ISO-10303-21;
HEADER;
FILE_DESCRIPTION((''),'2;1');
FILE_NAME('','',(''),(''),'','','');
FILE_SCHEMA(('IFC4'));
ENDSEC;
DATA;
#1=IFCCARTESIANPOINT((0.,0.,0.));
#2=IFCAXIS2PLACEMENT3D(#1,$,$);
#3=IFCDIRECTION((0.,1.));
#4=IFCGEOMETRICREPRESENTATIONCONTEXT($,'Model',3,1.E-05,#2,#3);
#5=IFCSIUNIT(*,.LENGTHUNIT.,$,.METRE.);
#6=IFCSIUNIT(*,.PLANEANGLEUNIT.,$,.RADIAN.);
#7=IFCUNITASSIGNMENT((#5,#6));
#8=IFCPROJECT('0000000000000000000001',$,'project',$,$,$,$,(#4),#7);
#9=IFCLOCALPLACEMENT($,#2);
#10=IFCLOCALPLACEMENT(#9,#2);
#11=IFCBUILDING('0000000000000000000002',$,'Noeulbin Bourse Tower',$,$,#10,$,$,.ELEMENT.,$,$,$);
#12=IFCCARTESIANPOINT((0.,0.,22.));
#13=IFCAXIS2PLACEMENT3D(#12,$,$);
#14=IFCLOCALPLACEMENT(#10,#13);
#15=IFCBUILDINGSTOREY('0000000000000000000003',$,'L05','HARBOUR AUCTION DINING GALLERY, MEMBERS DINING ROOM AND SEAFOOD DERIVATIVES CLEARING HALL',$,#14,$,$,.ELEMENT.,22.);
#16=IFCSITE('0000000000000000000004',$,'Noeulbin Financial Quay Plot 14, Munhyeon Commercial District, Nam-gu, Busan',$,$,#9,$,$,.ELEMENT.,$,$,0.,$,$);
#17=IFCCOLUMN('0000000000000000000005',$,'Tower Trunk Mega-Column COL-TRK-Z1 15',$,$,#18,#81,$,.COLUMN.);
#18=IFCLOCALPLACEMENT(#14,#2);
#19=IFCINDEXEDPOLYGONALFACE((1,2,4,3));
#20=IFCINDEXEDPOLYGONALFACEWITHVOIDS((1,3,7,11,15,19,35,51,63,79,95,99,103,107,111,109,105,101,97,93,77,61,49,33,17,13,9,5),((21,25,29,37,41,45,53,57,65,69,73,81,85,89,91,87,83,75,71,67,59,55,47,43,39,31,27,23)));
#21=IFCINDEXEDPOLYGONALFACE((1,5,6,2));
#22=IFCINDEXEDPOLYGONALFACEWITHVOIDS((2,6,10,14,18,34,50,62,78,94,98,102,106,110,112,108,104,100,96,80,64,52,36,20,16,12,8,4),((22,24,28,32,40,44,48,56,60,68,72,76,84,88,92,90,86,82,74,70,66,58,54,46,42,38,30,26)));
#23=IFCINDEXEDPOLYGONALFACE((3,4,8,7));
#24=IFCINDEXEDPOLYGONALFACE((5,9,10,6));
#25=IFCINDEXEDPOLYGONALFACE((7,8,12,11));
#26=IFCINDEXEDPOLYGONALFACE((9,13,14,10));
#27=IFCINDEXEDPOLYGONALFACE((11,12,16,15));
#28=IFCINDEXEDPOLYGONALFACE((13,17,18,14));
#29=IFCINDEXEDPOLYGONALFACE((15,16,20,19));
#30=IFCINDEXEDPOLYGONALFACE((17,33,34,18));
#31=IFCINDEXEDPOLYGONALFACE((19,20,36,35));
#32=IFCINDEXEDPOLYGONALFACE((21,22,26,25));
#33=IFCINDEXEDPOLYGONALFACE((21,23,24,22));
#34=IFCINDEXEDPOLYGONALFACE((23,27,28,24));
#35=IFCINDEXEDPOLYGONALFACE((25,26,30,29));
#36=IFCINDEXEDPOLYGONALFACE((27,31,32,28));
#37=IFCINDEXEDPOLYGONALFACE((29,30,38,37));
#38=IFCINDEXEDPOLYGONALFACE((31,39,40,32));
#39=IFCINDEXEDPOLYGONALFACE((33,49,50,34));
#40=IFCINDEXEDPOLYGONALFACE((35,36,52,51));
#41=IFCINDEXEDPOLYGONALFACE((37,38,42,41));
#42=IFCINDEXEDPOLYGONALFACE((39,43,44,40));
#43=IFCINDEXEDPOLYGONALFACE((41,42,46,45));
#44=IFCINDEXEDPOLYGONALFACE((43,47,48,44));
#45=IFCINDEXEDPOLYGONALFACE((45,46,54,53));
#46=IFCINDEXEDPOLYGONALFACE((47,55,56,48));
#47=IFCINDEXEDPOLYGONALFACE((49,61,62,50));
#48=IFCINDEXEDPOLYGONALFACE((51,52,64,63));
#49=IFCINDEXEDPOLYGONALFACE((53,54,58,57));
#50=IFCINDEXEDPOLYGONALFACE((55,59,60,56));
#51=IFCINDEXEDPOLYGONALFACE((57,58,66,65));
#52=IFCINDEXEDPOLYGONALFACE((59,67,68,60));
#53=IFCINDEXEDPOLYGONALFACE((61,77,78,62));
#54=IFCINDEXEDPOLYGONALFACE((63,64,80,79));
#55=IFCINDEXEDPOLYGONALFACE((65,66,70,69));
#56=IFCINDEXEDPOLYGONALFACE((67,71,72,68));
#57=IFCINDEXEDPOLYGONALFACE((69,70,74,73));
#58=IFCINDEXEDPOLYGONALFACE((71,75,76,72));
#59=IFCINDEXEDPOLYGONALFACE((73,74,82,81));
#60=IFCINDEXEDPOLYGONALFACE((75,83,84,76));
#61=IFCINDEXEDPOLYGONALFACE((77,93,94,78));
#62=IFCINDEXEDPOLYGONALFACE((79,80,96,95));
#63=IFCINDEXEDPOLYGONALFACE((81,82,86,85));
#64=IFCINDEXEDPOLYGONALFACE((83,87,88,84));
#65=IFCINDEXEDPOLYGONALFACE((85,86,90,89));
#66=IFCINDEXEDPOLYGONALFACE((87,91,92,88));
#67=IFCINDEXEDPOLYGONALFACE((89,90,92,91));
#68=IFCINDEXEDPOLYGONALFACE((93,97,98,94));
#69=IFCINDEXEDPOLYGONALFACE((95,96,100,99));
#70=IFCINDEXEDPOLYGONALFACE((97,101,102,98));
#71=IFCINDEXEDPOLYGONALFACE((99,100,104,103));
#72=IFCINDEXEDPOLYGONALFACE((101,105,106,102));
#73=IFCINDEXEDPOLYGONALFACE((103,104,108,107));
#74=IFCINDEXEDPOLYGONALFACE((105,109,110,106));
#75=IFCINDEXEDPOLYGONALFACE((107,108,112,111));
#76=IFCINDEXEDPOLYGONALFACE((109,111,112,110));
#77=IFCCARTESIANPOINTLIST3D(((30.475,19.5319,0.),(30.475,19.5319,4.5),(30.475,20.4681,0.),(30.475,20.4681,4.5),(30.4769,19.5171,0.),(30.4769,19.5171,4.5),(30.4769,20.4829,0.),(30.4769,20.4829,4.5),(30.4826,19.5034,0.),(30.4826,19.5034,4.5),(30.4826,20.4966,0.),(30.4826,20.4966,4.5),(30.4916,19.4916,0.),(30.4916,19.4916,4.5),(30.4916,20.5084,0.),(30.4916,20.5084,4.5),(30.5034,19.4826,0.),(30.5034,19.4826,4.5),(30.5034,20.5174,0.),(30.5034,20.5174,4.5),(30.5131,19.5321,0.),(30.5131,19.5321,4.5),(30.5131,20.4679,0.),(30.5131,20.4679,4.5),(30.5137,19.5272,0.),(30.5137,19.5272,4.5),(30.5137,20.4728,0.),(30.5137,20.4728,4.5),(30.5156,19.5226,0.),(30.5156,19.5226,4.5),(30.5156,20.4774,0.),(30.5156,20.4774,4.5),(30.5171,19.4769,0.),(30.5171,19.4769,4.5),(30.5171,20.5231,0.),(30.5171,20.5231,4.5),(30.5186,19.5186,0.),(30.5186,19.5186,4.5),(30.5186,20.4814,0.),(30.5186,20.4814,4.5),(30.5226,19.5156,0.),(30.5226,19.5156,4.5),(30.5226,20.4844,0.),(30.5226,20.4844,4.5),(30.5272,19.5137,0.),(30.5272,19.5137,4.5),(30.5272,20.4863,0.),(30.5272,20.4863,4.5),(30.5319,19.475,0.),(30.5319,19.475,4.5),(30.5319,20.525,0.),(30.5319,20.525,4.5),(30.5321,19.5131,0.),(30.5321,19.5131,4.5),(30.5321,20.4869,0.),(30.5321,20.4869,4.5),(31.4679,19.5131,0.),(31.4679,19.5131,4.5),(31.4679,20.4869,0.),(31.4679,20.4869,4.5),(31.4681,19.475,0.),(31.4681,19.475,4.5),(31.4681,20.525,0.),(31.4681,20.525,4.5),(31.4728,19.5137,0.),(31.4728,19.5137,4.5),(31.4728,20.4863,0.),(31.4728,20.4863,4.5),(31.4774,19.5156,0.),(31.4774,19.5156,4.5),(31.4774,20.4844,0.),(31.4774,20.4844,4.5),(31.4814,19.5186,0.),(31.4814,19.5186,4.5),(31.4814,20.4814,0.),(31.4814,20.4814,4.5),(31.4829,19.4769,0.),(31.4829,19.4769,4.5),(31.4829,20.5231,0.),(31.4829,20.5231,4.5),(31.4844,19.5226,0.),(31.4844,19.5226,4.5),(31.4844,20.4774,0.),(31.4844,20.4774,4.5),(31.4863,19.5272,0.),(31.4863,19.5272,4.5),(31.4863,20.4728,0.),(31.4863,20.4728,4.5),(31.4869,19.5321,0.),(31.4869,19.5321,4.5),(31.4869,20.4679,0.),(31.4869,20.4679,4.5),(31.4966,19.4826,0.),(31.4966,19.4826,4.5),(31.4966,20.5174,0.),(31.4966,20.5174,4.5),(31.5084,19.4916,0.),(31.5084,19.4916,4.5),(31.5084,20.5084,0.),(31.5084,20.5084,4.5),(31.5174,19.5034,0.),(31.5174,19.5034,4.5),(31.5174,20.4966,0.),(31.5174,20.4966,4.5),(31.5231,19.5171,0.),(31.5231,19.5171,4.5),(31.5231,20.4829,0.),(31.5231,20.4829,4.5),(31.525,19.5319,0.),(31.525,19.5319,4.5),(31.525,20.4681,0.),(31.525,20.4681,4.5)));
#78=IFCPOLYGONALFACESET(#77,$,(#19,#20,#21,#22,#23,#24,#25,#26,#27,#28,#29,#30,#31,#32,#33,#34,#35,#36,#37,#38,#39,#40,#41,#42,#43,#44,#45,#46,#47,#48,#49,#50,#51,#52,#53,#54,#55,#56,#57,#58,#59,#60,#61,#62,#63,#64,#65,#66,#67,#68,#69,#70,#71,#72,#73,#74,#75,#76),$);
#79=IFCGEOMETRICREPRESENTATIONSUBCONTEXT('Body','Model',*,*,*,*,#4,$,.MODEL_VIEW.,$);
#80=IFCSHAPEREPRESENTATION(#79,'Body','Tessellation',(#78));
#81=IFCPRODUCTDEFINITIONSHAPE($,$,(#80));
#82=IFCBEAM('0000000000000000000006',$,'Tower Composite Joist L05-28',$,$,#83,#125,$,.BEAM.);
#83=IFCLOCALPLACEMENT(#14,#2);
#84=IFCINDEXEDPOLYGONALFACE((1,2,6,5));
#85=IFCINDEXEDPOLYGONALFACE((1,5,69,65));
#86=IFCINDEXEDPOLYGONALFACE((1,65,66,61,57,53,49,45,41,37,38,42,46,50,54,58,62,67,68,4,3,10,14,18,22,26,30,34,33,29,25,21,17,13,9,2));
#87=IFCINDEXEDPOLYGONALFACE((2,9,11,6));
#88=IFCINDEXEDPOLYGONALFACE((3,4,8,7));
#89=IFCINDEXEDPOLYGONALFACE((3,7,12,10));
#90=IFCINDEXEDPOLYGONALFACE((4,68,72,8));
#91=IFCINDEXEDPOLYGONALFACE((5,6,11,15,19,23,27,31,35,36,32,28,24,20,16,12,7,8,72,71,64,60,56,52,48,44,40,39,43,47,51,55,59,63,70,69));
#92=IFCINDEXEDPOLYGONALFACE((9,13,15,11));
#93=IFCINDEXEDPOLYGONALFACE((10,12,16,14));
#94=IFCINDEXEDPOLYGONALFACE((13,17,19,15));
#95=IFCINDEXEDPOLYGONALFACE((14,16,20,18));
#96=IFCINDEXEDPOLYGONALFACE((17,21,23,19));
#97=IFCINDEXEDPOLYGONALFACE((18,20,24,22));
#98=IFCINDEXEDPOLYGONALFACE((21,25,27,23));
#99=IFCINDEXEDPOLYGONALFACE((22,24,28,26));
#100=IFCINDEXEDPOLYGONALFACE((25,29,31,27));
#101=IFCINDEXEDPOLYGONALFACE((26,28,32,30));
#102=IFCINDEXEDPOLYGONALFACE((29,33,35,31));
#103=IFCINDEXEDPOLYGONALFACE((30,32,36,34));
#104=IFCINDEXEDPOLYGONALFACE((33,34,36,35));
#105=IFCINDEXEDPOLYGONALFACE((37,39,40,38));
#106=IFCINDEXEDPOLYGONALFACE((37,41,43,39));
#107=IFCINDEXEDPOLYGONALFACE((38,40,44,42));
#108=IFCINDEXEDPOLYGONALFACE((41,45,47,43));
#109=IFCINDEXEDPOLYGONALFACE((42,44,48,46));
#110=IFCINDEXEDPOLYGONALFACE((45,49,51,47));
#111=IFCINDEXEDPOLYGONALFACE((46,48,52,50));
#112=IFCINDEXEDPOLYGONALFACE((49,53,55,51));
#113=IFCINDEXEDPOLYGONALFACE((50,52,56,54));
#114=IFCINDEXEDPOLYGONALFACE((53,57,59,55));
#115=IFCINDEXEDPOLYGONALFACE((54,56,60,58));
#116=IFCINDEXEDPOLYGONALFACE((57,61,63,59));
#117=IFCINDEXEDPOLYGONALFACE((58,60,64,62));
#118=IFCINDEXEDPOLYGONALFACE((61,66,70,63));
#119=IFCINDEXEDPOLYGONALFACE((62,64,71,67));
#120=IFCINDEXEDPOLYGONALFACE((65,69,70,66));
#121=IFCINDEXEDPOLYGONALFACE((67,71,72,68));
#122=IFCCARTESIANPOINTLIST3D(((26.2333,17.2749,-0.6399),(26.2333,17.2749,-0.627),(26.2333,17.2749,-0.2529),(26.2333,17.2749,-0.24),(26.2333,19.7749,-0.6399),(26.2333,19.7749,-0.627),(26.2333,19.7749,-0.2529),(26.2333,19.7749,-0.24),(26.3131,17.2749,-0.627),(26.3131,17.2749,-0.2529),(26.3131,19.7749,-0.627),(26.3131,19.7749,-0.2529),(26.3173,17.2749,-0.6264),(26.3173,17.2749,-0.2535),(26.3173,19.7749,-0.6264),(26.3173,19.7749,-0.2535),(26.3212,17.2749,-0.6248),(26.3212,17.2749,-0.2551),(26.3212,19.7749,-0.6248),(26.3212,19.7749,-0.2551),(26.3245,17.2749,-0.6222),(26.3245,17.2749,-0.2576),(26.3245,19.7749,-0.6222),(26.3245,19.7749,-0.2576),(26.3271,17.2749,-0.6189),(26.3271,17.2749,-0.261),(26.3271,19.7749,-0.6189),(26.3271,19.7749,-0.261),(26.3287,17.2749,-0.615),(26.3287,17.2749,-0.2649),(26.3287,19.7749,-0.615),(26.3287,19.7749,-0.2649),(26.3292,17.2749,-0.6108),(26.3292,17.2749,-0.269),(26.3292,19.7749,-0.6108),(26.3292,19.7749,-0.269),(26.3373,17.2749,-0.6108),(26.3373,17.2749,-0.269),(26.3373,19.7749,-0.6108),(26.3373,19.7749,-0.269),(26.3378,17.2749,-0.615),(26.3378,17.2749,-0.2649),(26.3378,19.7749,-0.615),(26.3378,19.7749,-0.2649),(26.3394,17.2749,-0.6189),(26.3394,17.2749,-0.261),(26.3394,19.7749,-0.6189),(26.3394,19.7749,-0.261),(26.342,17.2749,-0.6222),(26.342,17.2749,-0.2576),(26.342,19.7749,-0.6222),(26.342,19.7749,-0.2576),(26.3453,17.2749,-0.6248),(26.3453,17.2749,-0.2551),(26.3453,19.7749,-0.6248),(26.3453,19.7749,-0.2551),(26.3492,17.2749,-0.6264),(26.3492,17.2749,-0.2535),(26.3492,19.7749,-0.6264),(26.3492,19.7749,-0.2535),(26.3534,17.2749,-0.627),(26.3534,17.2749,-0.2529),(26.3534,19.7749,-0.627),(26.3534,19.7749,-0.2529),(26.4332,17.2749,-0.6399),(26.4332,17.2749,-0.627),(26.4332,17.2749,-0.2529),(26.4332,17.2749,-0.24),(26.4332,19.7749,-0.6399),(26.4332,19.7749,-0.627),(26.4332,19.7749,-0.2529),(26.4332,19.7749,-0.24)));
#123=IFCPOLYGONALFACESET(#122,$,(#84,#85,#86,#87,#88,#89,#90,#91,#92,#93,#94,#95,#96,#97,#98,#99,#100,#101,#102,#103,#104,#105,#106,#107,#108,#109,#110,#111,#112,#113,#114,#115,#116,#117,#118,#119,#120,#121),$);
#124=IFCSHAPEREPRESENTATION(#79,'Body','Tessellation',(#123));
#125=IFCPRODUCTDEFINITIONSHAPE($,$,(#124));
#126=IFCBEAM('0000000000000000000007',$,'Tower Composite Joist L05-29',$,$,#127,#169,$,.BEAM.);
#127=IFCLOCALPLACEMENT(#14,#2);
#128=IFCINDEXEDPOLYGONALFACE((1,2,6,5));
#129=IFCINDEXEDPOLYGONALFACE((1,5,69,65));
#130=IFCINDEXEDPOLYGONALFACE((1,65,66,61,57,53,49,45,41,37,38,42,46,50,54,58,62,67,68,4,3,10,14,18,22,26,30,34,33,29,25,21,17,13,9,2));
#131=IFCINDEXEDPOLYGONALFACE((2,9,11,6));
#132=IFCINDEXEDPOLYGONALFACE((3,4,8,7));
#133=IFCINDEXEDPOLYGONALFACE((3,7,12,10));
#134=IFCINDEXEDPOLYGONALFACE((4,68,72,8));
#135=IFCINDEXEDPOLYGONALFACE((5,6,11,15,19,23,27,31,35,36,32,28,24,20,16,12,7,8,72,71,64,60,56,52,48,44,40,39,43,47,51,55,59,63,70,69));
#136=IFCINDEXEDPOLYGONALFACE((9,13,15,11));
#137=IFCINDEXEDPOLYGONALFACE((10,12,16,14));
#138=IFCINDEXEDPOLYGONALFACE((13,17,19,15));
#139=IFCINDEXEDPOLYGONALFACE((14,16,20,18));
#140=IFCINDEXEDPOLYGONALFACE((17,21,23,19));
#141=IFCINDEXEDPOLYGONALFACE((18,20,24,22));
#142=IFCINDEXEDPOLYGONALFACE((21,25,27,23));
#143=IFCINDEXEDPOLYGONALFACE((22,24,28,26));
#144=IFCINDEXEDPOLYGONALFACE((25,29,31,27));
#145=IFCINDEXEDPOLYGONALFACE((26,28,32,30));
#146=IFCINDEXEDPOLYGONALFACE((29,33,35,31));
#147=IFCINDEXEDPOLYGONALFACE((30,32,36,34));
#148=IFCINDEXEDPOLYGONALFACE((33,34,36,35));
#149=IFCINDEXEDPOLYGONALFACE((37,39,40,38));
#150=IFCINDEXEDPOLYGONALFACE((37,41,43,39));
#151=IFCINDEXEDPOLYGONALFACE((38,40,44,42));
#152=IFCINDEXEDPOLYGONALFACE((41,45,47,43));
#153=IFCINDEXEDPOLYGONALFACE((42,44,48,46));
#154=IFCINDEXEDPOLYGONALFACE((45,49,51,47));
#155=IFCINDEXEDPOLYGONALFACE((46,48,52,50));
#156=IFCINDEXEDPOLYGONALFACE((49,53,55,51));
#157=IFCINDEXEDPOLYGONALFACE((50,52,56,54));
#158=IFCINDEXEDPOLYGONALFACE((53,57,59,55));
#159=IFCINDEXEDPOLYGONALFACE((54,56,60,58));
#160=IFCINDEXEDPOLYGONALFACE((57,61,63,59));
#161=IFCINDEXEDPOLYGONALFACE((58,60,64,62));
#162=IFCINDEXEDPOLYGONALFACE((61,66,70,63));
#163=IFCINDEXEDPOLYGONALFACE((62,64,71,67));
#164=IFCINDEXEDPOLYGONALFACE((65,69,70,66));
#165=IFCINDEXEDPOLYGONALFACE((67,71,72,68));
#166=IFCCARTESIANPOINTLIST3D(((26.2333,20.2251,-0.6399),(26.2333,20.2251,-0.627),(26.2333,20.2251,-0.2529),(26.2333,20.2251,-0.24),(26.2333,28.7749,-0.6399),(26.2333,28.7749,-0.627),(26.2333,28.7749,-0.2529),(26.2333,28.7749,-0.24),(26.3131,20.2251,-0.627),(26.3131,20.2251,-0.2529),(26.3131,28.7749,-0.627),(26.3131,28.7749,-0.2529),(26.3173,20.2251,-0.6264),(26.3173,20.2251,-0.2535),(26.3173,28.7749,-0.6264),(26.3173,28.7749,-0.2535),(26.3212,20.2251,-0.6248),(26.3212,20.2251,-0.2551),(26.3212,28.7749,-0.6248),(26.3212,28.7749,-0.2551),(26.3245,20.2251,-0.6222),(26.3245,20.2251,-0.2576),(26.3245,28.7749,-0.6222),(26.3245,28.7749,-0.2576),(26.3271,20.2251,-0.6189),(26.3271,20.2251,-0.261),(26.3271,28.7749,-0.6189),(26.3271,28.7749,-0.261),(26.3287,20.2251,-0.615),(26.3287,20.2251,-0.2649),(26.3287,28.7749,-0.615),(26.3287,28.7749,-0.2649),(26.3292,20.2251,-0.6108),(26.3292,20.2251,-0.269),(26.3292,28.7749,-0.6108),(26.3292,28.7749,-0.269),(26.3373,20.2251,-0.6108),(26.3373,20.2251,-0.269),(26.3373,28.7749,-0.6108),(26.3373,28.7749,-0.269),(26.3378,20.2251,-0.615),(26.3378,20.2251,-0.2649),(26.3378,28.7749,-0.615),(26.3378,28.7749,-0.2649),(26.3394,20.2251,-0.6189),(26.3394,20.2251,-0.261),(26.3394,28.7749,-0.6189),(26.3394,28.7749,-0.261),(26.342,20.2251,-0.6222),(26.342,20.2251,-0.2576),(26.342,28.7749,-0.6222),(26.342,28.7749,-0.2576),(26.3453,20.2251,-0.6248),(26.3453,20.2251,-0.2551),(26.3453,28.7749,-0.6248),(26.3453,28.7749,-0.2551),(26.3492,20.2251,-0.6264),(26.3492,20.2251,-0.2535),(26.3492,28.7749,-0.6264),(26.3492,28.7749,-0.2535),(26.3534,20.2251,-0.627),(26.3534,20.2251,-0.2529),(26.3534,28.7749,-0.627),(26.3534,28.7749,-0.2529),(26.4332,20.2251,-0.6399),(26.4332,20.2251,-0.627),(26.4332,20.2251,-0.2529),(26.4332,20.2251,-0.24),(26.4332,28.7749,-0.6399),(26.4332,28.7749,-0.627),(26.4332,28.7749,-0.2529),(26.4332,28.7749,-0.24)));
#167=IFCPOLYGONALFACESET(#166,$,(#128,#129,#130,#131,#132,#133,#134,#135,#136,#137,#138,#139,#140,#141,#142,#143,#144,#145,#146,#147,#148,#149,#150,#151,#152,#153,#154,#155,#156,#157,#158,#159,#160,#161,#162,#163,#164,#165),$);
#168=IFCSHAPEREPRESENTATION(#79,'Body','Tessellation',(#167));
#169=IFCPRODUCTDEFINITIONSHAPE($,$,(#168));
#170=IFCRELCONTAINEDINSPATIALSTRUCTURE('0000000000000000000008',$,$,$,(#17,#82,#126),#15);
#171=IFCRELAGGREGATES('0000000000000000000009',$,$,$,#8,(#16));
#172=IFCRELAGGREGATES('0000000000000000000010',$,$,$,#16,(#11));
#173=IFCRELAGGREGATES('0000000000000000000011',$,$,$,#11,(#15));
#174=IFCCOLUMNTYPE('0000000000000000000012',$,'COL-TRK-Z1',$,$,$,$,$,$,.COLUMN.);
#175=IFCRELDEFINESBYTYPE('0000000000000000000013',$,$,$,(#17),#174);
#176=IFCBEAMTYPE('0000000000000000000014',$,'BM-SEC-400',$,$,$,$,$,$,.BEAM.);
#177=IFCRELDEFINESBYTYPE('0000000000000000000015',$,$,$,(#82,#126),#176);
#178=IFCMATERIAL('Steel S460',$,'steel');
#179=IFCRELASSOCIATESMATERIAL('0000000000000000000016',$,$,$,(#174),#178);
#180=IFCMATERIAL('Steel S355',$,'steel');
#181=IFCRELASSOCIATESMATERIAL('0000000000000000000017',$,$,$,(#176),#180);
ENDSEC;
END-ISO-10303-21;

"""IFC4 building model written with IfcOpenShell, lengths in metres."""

from ifc_helpers import new_model, si_unit, direction, frame, origin, origin_2d, place, context, subcontext, project, spatial, hollow_rectangle, i_section, extrude, material, material_profile, profile_set, type_object, element, save


model = new_model("IFC4")

# Units and contexts
model_context = context("Model", 3, precision=1e-05, world=origin(), true_north=direction((0.0, 1.0)))
body_context = subcontext(model_context, "Body", "Model", "MODEL_VIEW")
ifc_project = project(units=[si_unit("LENGTHUNIT", "METRE"), si_unit("PLANEANGLEUNIT", "RADIAN")], contexts=[model_context])

# Site, building, storey
site_placement = place(None, origin())
site = spatial("IfcSite", under=ifc_project, at=site_placement, Name="Noeulbin Financial Quay Plot 14, Munhyeon Commercial District, Nam-gu, Busan", CompositionType="ELEMENT", RefElevation=0.0)
building_placement = place(site_placement, origin())
building = spatial("IfcBuilding", under=site, at=building_placement, Name="Noeulbin Bourse Tower", CompositionType="ELEMENT")
storey_placement = place(building_placement, frame((0.0, 0.0, 22.0)))
storey = spatial("IfcBuildingStorey", under=building, at=storey_placement, Name="L05", Description="HARBOUR AUCTION DINING GALLERY, MEMBERS DINING ROOM AND SEAFOOD DERIVATIVES CLEARING HALL", CompositionType="ELEMENT", Elevation=22.0)

# Column
ifc_material_1 = material(Name="Steel S460", Category="steel")
ifc_material_profile_1 = material_profile(ifc_material_1, hollow_rectangle(XDim=1.05, YDim=1.05, WallThickness=0.0381, InnerFilletRadius=0.019, OuterFilletRadius=0.0569, at=origin_2d()), Name="BOX-1050x1050x38", Category="LoadBearing")
ifc_profile_set_1 = profile_set([ifc_material_profile_1], Name="Steel S460")
column_type = type_object("IfcColumnType", Name="COL-TRK-Z1", PredefinedType="COLUMN", material=ifc_profile_set_1)
column_placement = place(storey_placement, frame((31.0, 20.0, 0.0), z_axis=(0.0, 0.0, 1.0), x_axis=(1.0, 0.0, 0.0)))
element("IfcColumn", 1, at=column_placement, inside=storey, type_object=column_type, Name="Tower Trunk Mega-Column COL-TRK-Z1 15", PredefinedType="COLUMN", context=body_context, shape_type="SweptSolid", body=[
    extrude(hollow_rectangle(XDim=1.05, YDim=1.05, WallThickness=0.0381, InnerFilletRadius=0.019, OuterFilletRadius=0.0569, at=origin_2d()), origin(), (0.0, 0.0, 1.0), 4.5),
])

# Beams
ifc_material_2 = material(Name="Steel S355", Category="steel")
ifc_material_profile_2 = material_profile(ifc_material_2, i_section(OverallWidth=0.2, OverallDepth=0.3999, WebThickness=0.0081, FlangeThickness=0.0129, FilletRadius=0.0161, at=origin_2d()), Name="H-400x200x8x13", Category="LoadBearing")
ifc_profile_set_2 = profile_set([ifc_material_profile_2], Name="Steel S355")
beam_type_1 = type_object("IfcBeamType", Name="BM-SEC-400", PredefinedType="BEAM", material=ifc_profile_set_2)
beam_1_placement = place(storey_placement, frame((26.3333, 17.2749, -0.4399), z_axis=(0.0, 1.0, 0.0), x_axis=(-1.0, 0.0, 0.0)))
element("IfcBeam", 2, at=beam_1_placement, inside=storey, type_object=beam_type_1, Name="Tower Composite Joist L05-28", PredefinedType="BEAM", context=body_context, shape_type="SweptSolid", body=[
    extrude(i_section(OverallWidth=0.2, OverallDepth=0.3999, WebThickness=0.0081, FlangeThickness=0.0129, FilletRadius=0.0161, at=origin_2d()), origin(), (0.0, 0.0, 1.0), 2.5),
])
beam_2_placement = place(storey_placement, frame((26.3333, 20.2251, -0.4399), z_axis=(0.0, 1.0, 0.0), x_axis=(-1.0, 0.0, 0.0)))
element("IfcBeam", 3, at=beam_2_placement, inside=storey, type_object=beam_type_1, Name="Tower Composite Joist L05-29", PredefinedType="BEAM", context=body_context, shape_type="SweptSolid", body=[
    extrude(i_section(OverallWidth=0.2, OverallDepth=0.3999, WebThickness=0.0081, FlangeThickness=0.0129, FilletRadius=0.0161, at=origin_2d()), origin(), (0.0, 0.0, 1.0), 8.5498),
])

save(model, "model.ifc")
